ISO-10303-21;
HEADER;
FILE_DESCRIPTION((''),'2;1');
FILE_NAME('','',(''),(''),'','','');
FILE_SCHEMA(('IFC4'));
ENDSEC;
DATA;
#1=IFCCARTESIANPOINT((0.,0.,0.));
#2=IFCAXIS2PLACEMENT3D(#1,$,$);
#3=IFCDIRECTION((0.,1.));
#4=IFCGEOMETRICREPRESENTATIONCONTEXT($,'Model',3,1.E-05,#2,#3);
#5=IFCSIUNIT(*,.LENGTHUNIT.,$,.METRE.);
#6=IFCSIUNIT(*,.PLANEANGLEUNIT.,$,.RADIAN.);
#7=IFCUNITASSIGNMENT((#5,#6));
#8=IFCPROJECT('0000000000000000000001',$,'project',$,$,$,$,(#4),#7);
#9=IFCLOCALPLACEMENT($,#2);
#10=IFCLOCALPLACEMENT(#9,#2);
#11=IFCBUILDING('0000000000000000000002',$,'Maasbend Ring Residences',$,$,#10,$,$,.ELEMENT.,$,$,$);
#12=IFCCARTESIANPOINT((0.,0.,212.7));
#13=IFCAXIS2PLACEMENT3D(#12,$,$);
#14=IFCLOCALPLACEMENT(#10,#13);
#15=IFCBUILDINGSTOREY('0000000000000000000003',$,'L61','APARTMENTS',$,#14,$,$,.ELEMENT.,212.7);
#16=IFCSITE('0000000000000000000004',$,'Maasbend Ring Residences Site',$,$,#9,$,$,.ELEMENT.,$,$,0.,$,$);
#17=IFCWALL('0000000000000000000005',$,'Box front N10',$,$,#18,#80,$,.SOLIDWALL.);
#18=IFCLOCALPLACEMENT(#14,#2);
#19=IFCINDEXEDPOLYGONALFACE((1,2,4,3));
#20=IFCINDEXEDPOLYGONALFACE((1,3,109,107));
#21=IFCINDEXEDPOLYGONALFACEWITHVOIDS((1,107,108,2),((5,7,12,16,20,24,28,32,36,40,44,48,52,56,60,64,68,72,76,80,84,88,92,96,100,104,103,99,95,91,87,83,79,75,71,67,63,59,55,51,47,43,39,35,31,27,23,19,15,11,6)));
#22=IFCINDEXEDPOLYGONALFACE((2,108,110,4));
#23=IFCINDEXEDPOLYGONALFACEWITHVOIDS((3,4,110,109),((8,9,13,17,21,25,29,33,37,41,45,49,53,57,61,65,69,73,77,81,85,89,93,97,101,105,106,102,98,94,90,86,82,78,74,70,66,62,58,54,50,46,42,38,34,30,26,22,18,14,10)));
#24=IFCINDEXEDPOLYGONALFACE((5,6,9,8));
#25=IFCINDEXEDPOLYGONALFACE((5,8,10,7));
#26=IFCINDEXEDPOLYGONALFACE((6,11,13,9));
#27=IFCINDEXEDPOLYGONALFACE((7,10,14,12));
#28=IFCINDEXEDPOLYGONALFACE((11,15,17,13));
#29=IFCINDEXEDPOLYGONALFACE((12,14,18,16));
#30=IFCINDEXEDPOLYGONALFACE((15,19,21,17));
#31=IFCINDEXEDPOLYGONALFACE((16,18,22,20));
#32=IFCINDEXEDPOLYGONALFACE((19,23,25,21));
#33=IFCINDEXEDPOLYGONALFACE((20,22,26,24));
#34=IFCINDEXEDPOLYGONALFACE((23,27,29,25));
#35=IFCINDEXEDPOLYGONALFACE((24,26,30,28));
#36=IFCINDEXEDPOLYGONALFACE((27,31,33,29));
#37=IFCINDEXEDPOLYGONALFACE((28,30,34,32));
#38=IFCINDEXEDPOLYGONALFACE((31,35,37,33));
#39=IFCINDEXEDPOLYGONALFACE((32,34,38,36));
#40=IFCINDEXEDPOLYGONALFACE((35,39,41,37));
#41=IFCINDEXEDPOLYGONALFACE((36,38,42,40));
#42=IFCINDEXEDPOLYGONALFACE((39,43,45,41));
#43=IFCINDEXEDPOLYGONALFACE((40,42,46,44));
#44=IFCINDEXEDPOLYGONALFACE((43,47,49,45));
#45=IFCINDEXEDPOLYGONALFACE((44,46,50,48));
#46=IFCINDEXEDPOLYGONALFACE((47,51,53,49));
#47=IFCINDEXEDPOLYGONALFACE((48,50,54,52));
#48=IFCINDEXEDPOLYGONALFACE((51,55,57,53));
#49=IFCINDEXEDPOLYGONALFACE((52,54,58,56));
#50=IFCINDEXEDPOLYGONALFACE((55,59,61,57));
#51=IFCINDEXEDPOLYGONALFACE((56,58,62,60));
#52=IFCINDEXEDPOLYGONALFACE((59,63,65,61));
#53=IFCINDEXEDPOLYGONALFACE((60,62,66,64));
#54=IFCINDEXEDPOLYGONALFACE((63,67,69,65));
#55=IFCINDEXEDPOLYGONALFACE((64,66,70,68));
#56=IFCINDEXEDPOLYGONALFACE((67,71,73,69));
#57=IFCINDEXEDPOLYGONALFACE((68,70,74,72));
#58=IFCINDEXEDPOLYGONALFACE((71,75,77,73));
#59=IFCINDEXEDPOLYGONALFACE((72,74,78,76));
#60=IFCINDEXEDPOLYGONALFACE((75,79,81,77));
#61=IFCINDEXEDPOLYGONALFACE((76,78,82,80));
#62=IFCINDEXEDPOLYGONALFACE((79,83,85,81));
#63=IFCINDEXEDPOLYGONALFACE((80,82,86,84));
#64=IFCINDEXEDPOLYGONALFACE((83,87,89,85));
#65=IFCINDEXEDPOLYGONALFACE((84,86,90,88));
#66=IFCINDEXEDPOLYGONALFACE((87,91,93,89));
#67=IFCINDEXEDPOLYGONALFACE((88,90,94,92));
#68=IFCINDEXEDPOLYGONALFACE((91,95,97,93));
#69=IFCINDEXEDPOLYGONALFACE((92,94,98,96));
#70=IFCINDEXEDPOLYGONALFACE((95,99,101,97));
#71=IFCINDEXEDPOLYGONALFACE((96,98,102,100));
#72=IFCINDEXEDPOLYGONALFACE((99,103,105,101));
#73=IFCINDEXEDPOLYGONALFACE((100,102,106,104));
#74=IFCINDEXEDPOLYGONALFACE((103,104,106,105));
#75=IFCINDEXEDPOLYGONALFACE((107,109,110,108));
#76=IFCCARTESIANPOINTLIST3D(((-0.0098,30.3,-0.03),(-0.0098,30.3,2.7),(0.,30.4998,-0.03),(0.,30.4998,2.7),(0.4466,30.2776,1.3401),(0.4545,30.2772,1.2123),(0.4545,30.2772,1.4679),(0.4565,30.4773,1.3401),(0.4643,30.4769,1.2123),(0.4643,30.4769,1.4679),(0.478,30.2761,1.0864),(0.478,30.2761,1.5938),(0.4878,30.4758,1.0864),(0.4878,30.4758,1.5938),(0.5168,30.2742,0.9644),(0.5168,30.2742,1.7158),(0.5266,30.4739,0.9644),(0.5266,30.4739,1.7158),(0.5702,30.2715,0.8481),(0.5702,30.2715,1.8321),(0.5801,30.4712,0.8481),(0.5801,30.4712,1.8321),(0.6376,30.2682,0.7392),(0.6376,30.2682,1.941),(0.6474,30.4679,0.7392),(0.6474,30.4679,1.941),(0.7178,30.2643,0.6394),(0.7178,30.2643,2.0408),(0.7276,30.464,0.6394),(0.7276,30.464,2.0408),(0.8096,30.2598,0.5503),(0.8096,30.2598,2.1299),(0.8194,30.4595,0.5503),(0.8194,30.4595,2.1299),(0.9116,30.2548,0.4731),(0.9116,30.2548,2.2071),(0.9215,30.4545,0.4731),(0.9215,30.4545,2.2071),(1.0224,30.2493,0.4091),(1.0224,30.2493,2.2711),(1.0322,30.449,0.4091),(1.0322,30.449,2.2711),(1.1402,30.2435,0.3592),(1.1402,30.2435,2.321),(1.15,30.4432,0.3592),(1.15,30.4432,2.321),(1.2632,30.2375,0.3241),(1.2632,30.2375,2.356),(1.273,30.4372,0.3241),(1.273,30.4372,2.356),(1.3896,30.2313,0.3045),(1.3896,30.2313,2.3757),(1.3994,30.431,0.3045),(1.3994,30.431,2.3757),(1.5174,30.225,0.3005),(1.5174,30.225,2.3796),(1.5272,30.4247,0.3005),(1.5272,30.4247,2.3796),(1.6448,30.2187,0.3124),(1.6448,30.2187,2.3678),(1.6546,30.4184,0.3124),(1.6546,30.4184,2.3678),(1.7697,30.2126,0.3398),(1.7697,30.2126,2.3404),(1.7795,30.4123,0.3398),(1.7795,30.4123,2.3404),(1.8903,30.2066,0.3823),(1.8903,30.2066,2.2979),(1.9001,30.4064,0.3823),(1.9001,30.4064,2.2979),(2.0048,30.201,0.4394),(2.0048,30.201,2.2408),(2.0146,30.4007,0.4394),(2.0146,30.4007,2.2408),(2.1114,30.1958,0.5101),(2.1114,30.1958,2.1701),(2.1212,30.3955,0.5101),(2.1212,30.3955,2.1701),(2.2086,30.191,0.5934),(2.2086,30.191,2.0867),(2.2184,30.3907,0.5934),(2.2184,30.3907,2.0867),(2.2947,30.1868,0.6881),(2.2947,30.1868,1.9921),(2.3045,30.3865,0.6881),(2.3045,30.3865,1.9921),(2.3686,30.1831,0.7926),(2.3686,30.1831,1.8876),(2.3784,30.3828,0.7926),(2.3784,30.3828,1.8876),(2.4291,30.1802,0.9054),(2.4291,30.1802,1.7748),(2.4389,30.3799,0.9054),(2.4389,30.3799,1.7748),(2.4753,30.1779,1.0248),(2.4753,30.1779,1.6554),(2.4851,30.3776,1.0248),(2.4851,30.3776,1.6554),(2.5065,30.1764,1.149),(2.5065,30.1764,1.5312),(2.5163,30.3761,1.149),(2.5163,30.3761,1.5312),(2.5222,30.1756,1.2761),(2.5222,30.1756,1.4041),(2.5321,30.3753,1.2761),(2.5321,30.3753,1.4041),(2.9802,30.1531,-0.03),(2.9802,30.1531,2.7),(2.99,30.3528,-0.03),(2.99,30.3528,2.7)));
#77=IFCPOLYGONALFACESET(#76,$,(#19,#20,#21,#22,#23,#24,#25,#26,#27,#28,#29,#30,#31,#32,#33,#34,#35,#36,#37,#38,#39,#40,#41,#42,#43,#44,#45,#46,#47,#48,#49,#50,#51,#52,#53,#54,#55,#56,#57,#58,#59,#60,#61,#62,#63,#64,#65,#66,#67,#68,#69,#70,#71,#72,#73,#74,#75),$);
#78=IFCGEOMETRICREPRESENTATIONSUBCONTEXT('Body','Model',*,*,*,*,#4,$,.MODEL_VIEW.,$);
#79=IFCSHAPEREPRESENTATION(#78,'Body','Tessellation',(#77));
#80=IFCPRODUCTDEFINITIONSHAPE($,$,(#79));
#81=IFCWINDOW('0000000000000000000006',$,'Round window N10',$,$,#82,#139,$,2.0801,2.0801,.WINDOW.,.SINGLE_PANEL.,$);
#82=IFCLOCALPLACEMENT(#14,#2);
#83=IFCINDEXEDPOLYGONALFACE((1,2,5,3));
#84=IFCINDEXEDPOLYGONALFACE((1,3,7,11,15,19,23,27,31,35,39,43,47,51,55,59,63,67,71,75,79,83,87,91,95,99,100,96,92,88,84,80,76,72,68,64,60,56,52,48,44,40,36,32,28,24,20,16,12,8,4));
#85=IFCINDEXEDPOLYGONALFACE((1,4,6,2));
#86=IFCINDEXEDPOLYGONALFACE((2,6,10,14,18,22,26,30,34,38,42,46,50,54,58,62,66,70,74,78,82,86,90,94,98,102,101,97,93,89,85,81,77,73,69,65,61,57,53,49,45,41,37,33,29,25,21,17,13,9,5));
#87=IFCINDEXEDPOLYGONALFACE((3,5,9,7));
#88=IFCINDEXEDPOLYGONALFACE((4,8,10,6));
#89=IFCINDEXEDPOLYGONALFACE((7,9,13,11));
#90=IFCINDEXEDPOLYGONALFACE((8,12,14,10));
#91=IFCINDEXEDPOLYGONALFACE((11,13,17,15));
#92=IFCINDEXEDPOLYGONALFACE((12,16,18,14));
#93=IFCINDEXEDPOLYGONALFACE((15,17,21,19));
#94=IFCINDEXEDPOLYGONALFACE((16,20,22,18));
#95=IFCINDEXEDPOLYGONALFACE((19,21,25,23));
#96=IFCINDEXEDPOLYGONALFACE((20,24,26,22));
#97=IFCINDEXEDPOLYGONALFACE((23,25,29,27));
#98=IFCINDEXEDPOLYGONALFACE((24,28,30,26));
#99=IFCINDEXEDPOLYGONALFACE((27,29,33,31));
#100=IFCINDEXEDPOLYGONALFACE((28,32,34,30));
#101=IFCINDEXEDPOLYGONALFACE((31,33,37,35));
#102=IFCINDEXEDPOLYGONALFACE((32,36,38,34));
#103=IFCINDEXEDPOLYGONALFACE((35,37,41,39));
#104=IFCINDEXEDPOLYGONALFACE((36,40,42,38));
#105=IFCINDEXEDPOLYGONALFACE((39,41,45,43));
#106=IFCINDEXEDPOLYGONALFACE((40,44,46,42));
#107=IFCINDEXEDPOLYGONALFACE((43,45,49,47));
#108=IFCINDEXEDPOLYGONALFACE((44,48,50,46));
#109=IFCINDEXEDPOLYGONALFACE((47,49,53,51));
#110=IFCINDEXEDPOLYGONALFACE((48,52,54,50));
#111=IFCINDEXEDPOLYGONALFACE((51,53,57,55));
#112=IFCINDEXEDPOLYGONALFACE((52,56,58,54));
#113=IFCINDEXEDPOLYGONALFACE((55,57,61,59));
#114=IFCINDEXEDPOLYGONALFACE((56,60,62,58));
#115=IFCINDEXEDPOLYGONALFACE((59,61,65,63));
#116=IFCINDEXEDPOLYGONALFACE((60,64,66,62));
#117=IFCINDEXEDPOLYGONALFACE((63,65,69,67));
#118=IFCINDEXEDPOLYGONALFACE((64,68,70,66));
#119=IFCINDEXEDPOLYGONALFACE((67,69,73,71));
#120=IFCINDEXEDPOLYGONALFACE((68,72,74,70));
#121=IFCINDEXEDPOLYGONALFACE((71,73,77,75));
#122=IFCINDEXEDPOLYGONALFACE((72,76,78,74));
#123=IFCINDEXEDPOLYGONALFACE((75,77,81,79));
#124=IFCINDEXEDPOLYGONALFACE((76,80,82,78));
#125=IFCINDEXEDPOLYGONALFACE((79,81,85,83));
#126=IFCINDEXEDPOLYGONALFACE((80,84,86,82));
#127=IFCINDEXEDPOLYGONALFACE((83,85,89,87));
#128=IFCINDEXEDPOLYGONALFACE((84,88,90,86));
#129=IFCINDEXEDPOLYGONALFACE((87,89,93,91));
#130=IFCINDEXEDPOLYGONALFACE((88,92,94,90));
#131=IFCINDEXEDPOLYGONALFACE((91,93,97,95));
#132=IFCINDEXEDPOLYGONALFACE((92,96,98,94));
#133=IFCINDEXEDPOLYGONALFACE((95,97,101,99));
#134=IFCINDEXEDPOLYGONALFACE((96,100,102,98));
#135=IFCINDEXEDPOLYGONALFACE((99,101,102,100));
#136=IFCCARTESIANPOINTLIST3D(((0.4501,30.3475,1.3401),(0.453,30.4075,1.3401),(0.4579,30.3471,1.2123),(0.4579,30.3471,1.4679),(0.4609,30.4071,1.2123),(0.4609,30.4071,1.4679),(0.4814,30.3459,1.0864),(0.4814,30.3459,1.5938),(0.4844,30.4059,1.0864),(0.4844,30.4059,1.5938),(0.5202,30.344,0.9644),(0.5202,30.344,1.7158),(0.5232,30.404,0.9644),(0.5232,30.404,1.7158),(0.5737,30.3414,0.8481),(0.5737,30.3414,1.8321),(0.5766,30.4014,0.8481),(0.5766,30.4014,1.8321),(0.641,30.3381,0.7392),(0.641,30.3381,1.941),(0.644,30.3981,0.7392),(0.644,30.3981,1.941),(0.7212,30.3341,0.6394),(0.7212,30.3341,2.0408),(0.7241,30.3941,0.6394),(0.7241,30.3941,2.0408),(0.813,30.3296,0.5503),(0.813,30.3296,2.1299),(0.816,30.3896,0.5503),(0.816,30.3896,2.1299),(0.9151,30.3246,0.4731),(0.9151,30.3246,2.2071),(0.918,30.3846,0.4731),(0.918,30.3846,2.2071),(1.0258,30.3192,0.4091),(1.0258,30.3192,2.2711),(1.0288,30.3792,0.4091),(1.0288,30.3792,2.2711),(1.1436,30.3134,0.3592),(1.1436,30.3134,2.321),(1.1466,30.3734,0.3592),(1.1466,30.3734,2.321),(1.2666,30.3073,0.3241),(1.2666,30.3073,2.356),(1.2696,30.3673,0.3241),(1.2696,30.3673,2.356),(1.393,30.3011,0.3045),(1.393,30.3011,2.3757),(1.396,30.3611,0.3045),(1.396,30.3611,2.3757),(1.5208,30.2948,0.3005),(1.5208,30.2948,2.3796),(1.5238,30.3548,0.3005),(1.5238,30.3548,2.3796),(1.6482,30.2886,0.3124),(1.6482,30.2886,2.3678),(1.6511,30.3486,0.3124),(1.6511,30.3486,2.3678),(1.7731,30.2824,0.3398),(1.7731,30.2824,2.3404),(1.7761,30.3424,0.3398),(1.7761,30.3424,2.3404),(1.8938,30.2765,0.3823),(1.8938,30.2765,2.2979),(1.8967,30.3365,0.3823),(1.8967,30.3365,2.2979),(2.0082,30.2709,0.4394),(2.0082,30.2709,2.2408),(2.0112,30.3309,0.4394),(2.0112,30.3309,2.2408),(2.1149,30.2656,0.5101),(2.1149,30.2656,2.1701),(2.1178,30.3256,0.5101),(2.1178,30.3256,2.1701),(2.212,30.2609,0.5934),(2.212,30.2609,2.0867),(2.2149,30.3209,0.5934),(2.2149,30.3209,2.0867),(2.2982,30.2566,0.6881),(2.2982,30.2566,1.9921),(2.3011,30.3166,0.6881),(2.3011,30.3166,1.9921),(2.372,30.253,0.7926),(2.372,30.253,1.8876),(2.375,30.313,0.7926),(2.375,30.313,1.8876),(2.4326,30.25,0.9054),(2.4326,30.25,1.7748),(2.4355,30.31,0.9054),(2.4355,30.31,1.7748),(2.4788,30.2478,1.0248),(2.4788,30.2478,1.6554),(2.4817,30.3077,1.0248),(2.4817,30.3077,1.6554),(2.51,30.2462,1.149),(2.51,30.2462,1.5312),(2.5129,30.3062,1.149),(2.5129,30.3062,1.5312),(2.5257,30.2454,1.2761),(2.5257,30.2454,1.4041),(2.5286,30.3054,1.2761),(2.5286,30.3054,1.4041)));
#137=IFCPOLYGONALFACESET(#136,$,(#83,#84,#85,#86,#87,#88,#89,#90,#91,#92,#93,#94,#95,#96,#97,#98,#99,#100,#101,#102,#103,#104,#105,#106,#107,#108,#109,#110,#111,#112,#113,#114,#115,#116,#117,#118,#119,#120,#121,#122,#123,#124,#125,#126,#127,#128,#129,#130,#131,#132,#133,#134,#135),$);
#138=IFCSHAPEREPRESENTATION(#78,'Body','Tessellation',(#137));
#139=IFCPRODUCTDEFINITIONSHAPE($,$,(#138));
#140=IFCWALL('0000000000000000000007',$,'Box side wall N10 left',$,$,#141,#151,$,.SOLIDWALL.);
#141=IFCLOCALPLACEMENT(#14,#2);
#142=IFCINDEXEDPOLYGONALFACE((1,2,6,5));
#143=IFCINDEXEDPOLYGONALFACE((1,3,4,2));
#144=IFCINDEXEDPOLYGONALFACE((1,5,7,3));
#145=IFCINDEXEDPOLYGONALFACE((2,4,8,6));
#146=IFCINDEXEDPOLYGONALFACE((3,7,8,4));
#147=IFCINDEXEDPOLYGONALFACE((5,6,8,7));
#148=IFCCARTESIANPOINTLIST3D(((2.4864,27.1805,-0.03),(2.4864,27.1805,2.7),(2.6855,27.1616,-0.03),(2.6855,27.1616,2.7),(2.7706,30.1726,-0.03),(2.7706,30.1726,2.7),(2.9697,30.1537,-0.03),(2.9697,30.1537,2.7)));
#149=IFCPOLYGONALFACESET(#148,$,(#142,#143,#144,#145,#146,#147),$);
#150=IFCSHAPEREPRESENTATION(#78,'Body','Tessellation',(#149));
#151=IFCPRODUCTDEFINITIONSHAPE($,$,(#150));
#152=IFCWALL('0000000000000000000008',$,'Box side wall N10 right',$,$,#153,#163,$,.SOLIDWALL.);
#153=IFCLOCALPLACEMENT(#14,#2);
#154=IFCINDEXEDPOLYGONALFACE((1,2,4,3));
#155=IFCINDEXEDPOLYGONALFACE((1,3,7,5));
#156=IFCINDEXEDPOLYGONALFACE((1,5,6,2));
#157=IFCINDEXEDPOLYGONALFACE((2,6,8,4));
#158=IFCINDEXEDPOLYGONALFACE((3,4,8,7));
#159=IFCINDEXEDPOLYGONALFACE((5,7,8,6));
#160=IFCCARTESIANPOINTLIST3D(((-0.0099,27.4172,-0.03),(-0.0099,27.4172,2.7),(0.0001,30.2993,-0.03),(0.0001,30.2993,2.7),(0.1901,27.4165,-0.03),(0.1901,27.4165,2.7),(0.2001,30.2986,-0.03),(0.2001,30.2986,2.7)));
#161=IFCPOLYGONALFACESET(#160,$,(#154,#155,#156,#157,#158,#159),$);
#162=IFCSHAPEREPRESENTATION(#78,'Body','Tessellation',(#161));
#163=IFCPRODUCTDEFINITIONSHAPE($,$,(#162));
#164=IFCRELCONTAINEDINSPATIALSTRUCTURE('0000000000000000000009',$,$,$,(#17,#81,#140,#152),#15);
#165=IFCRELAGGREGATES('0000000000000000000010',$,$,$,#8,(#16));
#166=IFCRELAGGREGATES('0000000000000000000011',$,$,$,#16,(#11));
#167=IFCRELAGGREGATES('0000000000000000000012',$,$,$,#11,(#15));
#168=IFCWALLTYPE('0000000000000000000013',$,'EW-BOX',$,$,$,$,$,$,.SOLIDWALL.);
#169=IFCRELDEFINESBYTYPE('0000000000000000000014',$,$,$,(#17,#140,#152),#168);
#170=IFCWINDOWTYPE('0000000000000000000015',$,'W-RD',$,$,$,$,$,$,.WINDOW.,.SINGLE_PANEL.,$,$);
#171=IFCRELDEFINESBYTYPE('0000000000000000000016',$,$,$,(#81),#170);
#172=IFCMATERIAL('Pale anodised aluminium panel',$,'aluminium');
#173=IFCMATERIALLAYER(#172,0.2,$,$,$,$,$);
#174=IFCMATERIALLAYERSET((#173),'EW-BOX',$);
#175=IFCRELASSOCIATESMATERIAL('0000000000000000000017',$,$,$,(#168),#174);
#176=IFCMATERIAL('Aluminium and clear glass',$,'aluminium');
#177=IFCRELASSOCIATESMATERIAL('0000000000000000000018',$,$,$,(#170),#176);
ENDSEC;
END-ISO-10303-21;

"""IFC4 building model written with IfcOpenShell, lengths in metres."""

from ifc_helpers import new_model, si_unit, direction, frame, frame_2d, origin, place, context, subcontext, project, spatial, rectangle, circle, extrude, material, layer, layer_set, type_object, element, fill, save


model = new_model("IFC4")

# Units and contexts
model_context = context("Model", 3, precision=1e-05, world=origin(), true_north=direction((0.0, 1.0)))
body_context = subcontext(model_context, "Body", "Model", "MODEL_VIEW")
ifc_project = project(units=[si_unit("LENGTHUNIT", "METRE"), si_unit("PLANEANGLEUNIT", "RADIAN")], contexts=[model_context])

# Site, building, storey
site_placement = place(None, origin())
site = spatial("IfcSite", under=ifc_project, at=site_placement, Name="Maasbend Ring Residences Site", CompositionType="ELEMENT", RefElevation=0.0)
building_placement = place(site_placement, origin())
building = spatial("IfcBuilding", under=site, at=building_placement, Name="Maasbend Ring Residences", CompositionType="ELEMENT")
storey_placement = place(building_placement, frame((0.0, 0.0, 212.7)))
storey = spatial("IfcBuildingStorey", under=building, at=storey_placement, Name="L61", Description="APARTMENTS", CompositionType="ELEMENT", Elevation=212.7)

# Shared definitions
ifc_material_1 = material(Name="Pale anodised aluminium panel", Category="aluminium")
ifc_layer_1 = layer(ifc_material_1, 0.2)
ifc_layer_set_1 = layer_set([ifc_layer_1], Name="EW-BOX")
wall_type_1 = type_object("IfcWallType", Name="EW-BOX", PredefinedType="SOLIDWALL", material=ifc_layer_set_1)

# Shared definitions
ifc_material_2 = material(Name="Aluminium and clear glass", Category="aluminium")
window_type_1 = type_object("IfcWindowType", Name="W-RD", PartitioningType="SINGLE_PANEL", PredefinedType="WINDOW", material=ifc_material_2)

# Wall, opening, window
wall_1_placement = place(storey_placement, frame((2.9851, 30.2529, -0.03), z_axis=(0.0, 0.0, 1.0), x_axis=(-0.998794, 0.049096, 0.0)))
wall_1 = element("IfcWall", 1, at=wall_1_placement, inside=storey, type_object=wall_type_1, Name="Box front N10", PredefinedType="SOLIDWALL", context=body_context, shape_type="SweptSolid", body=[
    extrude(rectangle(XDim=2.9937, YDim=0.2, at=frame_2d((1.4968, 0.0))), origin(), (0.0, 0.0, 1.0), 2.73),
])
opening_1_placement = place(wall_1_placement, frame((0.4565, 0.0, 0.3301)))
opening_1 = element("IfcOpeningElement", 2, at=opening_1_placement, cuts=wall_1, PredefinedType="OPENING", context=body_context, shape_type="SweptSolid", body=[
    extrude(circle(Radius=1.04, at=frame_2d((1.04, 1.04))), frame((0.0, 0.1099, 0.0), z_axis=(0.0, -1.0, 0.0), x_axis=(1.0, 0.0, 0.0)), (0.0, 0.0, 1.0), 0.22),
])
window_1_placement = place(opening_1_placement, origin())
window_1 = element("IfcWindow", 3, at=window_1_placement, inside=storey, type_object=window_type_1, Name="Round window N10", OverallHeight=2.0801, OverallWidth=2.0801, PartitioningType="SINGLE_PANEL", PredefinedType="WINDOW", context=body_context, shape_type="SweptSolid", body=[
    extrude(circle(Radius=1.04, at=frame_2d((1.04, 1.04))), frame((0.0, 0.03, 0.0), z_axis=(0.0, -1.0, 0.0), x_axis=(1.0, 0.0, 0.0)), (0.0, 0.0, 1.0), 0.0601),
])
fill(opening_1, window_1)

# Walls
wall_2_placement = place(storey_placement, frame((2.5859, 27.1709, -0.03), z_axis=(0.0, 0.0, 1.0), x_axis=(0.094548, 0.99552, 0.0)))
element("IfcWall", 4, at=wall_2_placement, inside=storey, type_object=wall_type_1, Name="Box side wall N10 left", PredefinedType="SOLIDWALL", context=body_context, shape_type="SweptSolid", body=[
    extrude(rectangle(XDim=3.0056, YDim=0.2, at=frame_2d((1.5029, 0.0))), origin(), (0.0, 0.0, 1.0), 2.73),
])
wall_3_placement = place(storey_placement, frame((0.0901, 27.417, -0.03), z_axis=(0.0, 0.0, 1.0), x_axis=(0.003473, 0.999994, 0.0)))
element("IfcWall", 5, at=wall_3_placement, inside=storey, type_object=wall_type_1, Name="Box side wall N10 right", PredefinedType="SOLIDWALL", context=body_context, shape_type="SweptSolid", body=[
    extrude(rectangle(XDim=2.8821, YDim=0.2, at=frame_2d((1.4409, 0.0))), origin(), (0.0, 0.0, 1.0), 2.73),
])

save(model, "model.ifc")
